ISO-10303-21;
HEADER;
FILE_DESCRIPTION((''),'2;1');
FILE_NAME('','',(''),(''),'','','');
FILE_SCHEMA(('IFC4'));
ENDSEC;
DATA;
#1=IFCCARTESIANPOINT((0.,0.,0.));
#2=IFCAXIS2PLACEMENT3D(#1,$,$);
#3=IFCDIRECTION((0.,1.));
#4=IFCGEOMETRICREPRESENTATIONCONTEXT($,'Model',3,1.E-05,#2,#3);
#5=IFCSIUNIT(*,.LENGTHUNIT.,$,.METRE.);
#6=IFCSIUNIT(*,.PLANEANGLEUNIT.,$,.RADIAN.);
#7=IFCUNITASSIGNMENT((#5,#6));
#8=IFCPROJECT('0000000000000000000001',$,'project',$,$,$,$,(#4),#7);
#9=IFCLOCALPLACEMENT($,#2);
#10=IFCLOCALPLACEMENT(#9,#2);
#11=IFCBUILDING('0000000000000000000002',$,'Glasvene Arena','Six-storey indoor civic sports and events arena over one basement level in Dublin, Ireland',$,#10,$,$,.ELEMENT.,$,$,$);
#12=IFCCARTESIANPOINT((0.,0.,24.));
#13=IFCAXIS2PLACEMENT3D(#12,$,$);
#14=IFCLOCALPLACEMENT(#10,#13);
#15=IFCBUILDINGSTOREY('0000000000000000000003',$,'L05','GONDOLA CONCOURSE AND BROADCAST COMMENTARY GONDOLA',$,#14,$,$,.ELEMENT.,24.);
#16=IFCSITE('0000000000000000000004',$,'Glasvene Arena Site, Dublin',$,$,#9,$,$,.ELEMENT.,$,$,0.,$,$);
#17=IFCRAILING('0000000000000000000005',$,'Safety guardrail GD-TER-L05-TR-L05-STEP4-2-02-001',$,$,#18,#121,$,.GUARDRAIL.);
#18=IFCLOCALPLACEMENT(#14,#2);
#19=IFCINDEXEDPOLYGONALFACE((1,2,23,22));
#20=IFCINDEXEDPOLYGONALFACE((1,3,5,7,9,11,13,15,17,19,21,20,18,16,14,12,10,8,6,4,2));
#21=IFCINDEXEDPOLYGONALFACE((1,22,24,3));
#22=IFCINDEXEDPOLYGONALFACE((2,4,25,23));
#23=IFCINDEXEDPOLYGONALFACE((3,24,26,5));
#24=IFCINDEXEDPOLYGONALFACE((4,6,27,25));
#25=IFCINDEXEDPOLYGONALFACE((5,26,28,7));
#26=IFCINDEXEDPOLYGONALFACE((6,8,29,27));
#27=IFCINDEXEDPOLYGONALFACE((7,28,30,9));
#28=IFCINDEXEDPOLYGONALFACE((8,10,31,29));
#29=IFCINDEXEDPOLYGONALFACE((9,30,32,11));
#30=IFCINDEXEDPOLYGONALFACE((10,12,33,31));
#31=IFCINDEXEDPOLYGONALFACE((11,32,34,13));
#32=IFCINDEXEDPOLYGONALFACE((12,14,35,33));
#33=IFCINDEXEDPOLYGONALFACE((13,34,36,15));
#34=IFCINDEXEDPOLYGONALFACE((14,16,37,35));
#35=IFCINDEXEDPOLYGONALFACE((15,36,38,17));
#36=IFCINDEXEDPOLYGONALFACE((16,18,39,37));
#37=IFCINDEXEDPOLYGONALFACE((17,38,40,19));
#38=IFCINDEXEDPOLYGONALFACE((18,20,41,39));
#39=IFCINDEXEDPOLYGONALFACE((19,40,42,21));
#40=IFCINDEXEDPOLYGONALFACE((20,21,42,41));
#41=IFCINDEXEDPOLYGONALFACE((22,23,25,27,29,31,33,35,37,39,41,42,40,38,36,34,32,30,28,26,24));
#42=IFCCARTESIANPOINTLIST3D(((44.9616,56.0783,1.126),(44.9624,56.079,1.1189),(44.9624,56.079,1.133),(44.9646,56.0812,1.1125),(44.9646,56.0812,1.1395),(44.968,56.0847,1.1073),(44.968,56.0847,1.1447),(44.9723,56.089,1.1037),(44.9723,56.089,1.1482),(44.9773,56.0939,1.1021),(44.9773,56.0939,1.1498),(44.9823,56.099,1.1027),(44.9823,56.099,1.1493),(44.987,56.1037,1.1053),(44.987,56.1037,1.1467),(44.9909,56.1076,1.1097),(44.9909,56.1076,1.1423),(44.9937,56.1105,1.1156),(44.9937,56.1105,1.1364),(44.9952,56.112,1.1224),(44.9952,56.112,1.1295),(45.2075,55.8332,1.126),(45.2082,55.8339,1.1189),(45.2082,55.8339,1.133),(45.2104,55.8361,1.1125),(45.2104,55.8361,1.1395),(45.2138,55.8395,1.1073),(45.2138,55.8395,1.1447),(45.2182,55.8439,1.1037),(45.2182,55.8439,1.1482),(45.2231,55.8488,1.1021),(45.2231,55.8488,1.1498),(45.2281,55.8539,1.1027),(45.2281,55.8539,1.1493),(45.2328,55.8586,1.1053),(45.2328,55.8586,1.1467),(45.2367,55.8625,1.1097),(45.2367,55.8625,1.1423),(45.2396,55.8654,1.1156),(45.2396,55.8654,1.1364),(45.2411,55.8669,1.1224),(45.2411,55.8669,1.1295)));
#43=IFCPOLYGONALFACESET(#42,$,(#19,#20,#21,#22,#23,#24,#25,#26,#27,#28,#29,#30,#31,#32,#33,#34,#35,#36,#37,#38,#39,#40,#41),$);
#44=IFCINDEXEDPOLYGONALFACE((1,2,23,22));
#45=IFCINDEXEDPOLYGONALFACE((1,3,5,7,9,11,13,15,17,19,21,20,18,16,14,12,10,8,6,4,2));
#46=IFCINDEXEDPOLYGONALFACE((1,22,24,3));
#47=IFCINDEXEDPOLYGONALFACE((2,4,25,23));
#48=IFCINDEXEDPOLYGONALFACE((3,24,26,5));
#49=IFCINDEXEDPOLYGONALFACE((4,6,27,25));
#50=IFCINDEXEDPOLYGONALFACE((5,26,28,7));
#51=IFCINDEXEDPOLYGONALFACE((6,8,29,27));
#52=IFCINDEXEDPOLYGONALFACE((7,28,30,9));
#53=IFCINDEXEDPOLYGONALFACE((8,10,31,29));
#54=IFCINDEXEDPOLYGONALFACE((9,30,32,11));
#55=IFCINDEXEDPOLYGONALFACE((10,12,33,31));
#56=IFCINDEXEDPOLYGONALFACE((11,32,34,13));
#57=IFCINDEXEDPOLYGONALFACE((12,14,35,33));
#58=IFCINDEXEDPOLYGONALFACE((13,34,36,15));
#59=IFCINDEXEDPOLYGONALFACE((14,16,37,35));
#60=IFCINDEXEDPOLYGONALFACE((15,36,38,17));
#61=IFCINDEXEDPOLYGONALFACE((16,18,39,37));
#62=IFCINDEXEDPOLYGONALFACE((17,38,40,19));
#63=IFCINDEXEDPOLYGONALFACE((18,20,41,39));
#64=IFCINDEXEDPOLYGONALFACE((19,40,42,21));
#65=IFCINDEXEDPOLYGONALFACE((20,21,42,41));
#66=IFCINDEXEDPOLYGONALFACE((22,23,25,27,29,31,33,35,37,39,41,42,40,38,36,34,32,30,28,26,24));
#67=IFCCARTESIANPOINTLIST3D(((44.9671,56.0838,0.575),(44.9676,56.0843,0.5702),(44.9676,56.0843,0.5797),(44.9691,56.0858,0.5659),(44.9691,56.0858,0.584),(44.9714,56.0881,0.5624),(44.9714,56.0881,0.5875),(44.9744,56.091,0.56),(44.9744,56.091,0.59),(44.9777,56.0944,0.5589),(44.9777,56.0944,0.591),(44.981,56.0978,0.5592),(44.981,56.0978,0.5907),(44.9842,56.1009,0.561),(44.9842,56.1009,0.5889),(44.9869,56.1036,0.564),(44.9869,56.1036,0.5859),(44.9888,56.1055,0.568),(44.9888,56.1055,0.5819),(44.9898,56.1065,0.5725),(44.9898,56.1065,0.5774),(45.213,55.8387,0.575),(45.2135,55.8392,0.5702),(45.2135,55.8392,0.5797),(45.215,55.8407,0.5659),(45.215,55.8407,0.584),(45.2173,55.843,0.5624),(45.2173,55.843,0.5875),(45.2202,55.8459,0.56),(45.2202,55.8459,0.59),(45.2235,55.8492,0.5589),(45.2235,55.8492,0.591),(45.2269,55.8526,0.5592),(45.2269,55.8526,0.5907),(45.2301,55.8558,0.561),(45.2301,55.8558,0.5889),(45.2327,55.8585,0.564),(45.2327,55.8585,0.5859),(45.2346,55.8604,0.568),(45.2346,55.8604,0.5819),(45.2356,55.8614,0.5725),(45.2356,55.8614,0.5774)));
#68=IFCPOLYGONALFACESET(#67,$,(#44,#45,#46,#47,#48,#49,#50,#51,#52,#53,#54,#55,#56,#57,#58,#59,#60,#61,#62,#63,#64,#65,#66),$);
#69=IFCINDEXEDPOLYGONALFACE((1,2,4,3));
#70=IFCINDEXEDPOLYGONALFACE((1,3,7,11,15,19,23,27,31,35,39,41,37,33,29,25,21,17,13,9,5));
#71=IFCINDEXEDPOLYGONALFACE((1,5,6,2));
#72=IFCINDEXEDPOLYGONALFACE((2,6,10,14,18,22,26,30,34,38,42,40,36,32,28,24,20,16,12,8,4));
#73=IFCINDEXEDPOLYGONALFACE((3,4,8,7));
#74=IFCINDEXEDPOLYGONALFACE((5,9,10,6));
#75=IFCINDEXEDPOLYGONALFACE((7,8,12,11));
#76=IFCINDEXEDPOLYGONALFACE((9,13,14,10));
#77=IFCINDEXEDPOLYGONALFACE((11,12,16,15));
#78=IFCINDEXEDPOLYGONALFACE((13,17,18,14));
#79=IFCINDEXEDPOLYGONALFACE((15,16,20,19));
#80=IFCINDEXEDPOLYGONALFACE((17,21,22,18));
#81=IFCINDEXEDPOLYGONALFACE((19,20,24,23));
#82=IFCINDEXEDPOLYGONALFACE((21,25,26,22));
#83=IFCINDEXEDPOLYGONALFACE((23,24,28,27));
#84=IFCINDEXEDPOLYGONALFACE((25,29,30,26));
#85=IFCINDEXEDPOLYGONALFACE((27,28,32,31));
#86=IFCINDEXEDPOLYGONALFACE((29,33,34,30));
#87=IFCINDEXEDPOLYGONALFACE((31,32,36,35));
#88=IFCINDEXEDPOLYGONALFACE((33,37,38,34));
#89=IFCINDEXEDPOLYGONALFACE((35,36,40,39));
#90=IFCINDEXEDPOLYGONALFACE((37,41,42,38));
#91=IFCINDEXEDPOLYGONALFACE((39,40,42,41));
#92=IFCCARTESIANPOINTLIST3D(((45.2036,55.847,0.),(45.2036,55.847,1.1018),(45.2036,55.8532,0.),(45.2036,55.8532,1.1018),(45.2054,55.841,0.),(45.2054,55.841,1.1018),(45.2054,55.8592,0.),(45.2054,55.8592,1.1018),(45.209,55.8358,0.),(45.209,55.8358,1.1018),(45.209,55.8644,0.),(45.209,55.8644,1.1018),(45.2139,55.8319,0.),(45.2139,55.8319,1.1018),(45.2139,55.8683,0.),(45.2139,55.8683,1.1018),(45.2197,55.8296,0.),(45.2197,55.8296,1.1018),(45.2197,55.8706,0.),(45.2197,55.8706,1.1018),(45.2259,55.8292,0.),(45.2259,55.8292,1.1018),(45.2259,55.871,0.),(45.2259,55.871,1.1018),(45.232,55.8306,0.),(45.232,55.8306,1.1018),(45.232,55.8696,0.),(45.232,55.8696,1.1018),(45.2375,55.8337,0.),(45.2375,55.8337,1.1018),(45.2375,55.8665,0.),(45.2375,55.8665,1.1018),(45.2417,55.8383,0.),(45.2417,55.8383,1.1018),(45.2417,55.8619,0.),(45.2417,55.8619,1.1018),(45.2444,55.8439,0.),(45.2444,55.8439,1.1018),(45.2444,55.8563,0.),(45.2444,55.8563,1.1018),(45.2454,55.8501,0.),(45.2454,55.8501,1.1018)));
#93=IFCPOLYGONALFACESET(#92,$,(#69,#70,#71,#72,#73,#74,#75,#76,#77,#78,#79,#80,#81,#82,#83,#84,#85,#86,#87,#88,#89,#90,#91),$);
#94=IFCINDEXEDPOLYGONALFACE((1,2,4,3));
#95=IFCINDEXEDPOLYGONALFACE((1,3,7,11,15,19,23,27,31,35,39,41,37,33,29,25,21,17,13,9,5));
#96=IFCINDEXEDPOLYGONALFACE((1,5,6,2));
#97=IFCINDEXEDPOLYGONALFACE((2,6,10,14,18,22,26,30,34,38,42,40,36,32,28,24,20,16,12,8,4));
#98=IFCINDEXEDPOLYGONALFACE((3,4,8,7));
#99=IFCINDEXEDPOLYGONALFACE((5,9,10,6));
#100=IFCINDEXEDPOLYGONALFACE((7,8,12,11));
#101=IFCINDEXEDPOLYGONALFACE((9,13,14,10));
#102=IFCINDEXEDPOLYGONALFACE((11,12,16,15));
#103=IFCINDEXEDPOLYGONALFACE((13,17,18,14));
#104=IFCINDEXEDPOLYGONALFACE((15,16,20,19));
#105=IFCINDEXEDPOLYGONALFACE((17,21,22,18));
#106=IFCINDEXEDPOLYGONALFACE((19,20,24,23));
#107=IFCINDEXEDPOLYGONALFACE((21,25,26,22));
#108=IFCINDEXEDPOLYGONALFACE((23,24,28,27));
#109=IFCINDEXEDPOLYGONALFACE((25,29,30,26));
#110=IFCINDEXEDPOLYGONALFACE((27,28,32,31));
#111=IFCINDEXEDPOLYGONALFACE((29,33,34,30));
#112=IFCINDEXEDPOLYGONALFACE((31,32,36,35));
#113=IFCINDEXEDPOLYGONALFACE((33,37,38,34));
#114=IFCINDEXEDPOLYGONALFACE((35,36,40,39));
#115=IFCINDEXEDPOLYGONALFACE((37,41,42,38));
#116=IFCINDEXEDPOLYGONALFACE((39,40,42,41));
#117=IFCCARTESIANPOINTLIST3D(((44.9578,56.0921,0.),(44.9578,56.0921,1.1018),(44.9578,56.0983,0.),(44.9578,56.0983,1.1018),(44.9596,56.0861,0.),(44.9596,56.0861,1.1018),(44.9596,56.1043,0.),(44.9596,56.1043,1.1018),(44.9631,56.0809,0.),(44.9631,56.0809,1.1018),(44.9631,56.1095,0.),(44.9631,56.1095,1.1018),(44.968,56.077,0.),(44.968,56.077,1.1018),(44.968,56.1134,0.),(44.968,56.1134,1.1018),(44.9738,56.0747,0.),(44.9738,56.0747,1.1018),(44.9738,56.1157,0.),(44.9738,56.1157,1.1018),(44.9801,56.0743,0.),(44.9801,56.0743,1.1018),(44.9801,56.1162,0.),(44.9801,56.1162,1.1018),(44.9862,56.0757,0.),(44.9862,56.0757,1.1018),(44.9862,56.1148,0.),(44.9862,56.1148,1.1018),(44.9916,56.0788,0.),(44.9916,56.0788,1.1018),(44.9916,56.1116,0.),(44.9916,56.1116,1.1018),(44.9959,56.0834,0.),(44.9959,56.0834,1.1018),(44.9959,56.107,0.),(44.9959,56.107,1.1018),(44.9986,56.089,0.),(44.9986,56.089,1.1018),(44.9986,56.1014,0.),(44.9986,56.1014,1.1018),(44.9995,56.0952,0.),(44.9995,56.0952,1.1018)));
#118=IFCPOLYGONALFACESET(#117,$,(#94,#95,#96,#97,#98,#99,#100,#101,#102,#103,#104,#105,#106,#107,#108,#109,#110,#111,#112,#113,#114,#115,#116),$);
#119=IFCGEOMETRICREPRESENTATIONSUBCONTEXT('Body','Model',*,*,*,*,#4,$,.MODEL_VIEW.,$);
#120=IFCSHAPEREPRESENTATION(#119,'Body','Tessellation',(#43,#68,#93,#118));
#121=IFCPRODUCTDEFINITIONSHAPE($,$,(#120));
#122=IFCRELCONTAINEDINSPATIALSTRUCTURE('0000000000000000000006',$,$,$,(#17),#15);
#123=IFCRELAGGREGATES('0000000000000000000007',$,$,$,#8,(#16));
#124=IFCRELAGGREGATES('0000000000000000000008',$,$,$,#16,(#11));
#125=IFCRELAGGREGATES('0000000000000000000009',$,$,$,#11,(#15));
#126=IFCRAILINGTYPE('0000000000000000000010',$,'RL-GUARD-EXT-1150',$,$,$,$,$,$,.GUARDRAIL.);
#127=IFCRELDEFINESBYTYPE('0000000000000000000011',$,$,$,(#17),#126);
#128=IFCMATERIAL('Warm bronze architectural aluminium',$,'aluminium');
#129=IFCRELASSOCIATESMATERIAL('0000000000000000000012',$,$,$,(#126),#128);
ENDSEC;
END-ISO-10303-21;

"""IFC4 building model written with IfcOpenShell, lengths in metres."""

from ifc_helpers import new_model, si_unit, direction, frame, origin, origin_2d, place, context, subcontext, project, spatial, circle, extrude, material, type_object, element, save


model = new_model("IFC4")

# Units and contexts
model_context = context("Model", 3, precision=1e-05, world=origin(), true_north=direction((0.0, 1.0)))
body_context = subcontext(model_context, "Body", "Model", "MODEL_VIEW")
ifc_project = project(units=[si_unit("LENGTHUNIT", "METRE"), si_unit("PLANEANGLEUNIT", "RADIAN")], contexts=[model_context])

# Site, building, storey
site_placement = place(None, origin())
site = spatial("IfcSite", under=ifc_project, at=site_placement, Name="Glasvene Arena Site, Dublin", CompositionType="ELEMENT", RefElevation=0.0)
building_placement = place(site_placement, origin())
building = spatial("IfcBuilding", under=site, at=building_placement, Name="Glasvene Arena", Description="Six-storey indoor civic sports and events arena over one basement level in Dublin, Ireland", CompositionType="ELEMENT")
storey_placement = place(building_placement, frame((0.0, 0.0, 24.0)))
storey = spatial("IfcBuildingStorey", under=building, at=storey_placement, Name="L05", Description="GONDOLA CONCOURSE AND BROADCAST COMMENTARY GONDOLA", CompositionType="ELEMENT", Elevation=24.0)

# Railing
ifc_material_1 = material(Name="Warm bronze architectural aluminium", Category="aluminium")
railing_type_1 = type_object("IfcRailingType", Name="RL-GUARD-EXT-1150", PredefinedType="GUARDRAIL", material=ifc_material_1)
railing_1_placement = place(storey_placement, frame((45.2244, 55.8501, 0.0)))
element("IfcRailing", 1, at=railing_1_placement, inside=storey, type_object=railing_type_1, Name="Safety guardrail GD-TER-L05-TR-L05-STEP4-2-02-001", PredefinedType="GUARDRAIL", context=body_context, shape_type="SweptSolid", body=[
    extrude(circle(Radius=0.0239, at=origin_2d()), frame((0.0, 0.0, 1.126), z_axis=(-0.708161, 0.706051, 0.0), x_axis=(-0.706051, -0.708161, 0.0)), (0.0, 0.0, 1.0), 0.3472),
    extrude(circle(Radius=0.0161, at=origin_2d()), frame((0.0, 0.0, 0.575), z_axis=(-0.708161, 0.706051, 0.0), x_axis=(-0.706051, -0.708161, 0.0)), (0.0, 0.0, 1.0), 0.3472),
    extrude(circle(Radius=0.021, at=origin_2d()), origin(), (0.0, 0.0, 1.0), 1.1018),
    extrude(circle(Radius=0.021, at=origin_2d()), frame((-0.2458, 0.2451, 0.0)), (0.0, 0.0, 1.0), 1.1018),
])

save(model, "model.ifc")
